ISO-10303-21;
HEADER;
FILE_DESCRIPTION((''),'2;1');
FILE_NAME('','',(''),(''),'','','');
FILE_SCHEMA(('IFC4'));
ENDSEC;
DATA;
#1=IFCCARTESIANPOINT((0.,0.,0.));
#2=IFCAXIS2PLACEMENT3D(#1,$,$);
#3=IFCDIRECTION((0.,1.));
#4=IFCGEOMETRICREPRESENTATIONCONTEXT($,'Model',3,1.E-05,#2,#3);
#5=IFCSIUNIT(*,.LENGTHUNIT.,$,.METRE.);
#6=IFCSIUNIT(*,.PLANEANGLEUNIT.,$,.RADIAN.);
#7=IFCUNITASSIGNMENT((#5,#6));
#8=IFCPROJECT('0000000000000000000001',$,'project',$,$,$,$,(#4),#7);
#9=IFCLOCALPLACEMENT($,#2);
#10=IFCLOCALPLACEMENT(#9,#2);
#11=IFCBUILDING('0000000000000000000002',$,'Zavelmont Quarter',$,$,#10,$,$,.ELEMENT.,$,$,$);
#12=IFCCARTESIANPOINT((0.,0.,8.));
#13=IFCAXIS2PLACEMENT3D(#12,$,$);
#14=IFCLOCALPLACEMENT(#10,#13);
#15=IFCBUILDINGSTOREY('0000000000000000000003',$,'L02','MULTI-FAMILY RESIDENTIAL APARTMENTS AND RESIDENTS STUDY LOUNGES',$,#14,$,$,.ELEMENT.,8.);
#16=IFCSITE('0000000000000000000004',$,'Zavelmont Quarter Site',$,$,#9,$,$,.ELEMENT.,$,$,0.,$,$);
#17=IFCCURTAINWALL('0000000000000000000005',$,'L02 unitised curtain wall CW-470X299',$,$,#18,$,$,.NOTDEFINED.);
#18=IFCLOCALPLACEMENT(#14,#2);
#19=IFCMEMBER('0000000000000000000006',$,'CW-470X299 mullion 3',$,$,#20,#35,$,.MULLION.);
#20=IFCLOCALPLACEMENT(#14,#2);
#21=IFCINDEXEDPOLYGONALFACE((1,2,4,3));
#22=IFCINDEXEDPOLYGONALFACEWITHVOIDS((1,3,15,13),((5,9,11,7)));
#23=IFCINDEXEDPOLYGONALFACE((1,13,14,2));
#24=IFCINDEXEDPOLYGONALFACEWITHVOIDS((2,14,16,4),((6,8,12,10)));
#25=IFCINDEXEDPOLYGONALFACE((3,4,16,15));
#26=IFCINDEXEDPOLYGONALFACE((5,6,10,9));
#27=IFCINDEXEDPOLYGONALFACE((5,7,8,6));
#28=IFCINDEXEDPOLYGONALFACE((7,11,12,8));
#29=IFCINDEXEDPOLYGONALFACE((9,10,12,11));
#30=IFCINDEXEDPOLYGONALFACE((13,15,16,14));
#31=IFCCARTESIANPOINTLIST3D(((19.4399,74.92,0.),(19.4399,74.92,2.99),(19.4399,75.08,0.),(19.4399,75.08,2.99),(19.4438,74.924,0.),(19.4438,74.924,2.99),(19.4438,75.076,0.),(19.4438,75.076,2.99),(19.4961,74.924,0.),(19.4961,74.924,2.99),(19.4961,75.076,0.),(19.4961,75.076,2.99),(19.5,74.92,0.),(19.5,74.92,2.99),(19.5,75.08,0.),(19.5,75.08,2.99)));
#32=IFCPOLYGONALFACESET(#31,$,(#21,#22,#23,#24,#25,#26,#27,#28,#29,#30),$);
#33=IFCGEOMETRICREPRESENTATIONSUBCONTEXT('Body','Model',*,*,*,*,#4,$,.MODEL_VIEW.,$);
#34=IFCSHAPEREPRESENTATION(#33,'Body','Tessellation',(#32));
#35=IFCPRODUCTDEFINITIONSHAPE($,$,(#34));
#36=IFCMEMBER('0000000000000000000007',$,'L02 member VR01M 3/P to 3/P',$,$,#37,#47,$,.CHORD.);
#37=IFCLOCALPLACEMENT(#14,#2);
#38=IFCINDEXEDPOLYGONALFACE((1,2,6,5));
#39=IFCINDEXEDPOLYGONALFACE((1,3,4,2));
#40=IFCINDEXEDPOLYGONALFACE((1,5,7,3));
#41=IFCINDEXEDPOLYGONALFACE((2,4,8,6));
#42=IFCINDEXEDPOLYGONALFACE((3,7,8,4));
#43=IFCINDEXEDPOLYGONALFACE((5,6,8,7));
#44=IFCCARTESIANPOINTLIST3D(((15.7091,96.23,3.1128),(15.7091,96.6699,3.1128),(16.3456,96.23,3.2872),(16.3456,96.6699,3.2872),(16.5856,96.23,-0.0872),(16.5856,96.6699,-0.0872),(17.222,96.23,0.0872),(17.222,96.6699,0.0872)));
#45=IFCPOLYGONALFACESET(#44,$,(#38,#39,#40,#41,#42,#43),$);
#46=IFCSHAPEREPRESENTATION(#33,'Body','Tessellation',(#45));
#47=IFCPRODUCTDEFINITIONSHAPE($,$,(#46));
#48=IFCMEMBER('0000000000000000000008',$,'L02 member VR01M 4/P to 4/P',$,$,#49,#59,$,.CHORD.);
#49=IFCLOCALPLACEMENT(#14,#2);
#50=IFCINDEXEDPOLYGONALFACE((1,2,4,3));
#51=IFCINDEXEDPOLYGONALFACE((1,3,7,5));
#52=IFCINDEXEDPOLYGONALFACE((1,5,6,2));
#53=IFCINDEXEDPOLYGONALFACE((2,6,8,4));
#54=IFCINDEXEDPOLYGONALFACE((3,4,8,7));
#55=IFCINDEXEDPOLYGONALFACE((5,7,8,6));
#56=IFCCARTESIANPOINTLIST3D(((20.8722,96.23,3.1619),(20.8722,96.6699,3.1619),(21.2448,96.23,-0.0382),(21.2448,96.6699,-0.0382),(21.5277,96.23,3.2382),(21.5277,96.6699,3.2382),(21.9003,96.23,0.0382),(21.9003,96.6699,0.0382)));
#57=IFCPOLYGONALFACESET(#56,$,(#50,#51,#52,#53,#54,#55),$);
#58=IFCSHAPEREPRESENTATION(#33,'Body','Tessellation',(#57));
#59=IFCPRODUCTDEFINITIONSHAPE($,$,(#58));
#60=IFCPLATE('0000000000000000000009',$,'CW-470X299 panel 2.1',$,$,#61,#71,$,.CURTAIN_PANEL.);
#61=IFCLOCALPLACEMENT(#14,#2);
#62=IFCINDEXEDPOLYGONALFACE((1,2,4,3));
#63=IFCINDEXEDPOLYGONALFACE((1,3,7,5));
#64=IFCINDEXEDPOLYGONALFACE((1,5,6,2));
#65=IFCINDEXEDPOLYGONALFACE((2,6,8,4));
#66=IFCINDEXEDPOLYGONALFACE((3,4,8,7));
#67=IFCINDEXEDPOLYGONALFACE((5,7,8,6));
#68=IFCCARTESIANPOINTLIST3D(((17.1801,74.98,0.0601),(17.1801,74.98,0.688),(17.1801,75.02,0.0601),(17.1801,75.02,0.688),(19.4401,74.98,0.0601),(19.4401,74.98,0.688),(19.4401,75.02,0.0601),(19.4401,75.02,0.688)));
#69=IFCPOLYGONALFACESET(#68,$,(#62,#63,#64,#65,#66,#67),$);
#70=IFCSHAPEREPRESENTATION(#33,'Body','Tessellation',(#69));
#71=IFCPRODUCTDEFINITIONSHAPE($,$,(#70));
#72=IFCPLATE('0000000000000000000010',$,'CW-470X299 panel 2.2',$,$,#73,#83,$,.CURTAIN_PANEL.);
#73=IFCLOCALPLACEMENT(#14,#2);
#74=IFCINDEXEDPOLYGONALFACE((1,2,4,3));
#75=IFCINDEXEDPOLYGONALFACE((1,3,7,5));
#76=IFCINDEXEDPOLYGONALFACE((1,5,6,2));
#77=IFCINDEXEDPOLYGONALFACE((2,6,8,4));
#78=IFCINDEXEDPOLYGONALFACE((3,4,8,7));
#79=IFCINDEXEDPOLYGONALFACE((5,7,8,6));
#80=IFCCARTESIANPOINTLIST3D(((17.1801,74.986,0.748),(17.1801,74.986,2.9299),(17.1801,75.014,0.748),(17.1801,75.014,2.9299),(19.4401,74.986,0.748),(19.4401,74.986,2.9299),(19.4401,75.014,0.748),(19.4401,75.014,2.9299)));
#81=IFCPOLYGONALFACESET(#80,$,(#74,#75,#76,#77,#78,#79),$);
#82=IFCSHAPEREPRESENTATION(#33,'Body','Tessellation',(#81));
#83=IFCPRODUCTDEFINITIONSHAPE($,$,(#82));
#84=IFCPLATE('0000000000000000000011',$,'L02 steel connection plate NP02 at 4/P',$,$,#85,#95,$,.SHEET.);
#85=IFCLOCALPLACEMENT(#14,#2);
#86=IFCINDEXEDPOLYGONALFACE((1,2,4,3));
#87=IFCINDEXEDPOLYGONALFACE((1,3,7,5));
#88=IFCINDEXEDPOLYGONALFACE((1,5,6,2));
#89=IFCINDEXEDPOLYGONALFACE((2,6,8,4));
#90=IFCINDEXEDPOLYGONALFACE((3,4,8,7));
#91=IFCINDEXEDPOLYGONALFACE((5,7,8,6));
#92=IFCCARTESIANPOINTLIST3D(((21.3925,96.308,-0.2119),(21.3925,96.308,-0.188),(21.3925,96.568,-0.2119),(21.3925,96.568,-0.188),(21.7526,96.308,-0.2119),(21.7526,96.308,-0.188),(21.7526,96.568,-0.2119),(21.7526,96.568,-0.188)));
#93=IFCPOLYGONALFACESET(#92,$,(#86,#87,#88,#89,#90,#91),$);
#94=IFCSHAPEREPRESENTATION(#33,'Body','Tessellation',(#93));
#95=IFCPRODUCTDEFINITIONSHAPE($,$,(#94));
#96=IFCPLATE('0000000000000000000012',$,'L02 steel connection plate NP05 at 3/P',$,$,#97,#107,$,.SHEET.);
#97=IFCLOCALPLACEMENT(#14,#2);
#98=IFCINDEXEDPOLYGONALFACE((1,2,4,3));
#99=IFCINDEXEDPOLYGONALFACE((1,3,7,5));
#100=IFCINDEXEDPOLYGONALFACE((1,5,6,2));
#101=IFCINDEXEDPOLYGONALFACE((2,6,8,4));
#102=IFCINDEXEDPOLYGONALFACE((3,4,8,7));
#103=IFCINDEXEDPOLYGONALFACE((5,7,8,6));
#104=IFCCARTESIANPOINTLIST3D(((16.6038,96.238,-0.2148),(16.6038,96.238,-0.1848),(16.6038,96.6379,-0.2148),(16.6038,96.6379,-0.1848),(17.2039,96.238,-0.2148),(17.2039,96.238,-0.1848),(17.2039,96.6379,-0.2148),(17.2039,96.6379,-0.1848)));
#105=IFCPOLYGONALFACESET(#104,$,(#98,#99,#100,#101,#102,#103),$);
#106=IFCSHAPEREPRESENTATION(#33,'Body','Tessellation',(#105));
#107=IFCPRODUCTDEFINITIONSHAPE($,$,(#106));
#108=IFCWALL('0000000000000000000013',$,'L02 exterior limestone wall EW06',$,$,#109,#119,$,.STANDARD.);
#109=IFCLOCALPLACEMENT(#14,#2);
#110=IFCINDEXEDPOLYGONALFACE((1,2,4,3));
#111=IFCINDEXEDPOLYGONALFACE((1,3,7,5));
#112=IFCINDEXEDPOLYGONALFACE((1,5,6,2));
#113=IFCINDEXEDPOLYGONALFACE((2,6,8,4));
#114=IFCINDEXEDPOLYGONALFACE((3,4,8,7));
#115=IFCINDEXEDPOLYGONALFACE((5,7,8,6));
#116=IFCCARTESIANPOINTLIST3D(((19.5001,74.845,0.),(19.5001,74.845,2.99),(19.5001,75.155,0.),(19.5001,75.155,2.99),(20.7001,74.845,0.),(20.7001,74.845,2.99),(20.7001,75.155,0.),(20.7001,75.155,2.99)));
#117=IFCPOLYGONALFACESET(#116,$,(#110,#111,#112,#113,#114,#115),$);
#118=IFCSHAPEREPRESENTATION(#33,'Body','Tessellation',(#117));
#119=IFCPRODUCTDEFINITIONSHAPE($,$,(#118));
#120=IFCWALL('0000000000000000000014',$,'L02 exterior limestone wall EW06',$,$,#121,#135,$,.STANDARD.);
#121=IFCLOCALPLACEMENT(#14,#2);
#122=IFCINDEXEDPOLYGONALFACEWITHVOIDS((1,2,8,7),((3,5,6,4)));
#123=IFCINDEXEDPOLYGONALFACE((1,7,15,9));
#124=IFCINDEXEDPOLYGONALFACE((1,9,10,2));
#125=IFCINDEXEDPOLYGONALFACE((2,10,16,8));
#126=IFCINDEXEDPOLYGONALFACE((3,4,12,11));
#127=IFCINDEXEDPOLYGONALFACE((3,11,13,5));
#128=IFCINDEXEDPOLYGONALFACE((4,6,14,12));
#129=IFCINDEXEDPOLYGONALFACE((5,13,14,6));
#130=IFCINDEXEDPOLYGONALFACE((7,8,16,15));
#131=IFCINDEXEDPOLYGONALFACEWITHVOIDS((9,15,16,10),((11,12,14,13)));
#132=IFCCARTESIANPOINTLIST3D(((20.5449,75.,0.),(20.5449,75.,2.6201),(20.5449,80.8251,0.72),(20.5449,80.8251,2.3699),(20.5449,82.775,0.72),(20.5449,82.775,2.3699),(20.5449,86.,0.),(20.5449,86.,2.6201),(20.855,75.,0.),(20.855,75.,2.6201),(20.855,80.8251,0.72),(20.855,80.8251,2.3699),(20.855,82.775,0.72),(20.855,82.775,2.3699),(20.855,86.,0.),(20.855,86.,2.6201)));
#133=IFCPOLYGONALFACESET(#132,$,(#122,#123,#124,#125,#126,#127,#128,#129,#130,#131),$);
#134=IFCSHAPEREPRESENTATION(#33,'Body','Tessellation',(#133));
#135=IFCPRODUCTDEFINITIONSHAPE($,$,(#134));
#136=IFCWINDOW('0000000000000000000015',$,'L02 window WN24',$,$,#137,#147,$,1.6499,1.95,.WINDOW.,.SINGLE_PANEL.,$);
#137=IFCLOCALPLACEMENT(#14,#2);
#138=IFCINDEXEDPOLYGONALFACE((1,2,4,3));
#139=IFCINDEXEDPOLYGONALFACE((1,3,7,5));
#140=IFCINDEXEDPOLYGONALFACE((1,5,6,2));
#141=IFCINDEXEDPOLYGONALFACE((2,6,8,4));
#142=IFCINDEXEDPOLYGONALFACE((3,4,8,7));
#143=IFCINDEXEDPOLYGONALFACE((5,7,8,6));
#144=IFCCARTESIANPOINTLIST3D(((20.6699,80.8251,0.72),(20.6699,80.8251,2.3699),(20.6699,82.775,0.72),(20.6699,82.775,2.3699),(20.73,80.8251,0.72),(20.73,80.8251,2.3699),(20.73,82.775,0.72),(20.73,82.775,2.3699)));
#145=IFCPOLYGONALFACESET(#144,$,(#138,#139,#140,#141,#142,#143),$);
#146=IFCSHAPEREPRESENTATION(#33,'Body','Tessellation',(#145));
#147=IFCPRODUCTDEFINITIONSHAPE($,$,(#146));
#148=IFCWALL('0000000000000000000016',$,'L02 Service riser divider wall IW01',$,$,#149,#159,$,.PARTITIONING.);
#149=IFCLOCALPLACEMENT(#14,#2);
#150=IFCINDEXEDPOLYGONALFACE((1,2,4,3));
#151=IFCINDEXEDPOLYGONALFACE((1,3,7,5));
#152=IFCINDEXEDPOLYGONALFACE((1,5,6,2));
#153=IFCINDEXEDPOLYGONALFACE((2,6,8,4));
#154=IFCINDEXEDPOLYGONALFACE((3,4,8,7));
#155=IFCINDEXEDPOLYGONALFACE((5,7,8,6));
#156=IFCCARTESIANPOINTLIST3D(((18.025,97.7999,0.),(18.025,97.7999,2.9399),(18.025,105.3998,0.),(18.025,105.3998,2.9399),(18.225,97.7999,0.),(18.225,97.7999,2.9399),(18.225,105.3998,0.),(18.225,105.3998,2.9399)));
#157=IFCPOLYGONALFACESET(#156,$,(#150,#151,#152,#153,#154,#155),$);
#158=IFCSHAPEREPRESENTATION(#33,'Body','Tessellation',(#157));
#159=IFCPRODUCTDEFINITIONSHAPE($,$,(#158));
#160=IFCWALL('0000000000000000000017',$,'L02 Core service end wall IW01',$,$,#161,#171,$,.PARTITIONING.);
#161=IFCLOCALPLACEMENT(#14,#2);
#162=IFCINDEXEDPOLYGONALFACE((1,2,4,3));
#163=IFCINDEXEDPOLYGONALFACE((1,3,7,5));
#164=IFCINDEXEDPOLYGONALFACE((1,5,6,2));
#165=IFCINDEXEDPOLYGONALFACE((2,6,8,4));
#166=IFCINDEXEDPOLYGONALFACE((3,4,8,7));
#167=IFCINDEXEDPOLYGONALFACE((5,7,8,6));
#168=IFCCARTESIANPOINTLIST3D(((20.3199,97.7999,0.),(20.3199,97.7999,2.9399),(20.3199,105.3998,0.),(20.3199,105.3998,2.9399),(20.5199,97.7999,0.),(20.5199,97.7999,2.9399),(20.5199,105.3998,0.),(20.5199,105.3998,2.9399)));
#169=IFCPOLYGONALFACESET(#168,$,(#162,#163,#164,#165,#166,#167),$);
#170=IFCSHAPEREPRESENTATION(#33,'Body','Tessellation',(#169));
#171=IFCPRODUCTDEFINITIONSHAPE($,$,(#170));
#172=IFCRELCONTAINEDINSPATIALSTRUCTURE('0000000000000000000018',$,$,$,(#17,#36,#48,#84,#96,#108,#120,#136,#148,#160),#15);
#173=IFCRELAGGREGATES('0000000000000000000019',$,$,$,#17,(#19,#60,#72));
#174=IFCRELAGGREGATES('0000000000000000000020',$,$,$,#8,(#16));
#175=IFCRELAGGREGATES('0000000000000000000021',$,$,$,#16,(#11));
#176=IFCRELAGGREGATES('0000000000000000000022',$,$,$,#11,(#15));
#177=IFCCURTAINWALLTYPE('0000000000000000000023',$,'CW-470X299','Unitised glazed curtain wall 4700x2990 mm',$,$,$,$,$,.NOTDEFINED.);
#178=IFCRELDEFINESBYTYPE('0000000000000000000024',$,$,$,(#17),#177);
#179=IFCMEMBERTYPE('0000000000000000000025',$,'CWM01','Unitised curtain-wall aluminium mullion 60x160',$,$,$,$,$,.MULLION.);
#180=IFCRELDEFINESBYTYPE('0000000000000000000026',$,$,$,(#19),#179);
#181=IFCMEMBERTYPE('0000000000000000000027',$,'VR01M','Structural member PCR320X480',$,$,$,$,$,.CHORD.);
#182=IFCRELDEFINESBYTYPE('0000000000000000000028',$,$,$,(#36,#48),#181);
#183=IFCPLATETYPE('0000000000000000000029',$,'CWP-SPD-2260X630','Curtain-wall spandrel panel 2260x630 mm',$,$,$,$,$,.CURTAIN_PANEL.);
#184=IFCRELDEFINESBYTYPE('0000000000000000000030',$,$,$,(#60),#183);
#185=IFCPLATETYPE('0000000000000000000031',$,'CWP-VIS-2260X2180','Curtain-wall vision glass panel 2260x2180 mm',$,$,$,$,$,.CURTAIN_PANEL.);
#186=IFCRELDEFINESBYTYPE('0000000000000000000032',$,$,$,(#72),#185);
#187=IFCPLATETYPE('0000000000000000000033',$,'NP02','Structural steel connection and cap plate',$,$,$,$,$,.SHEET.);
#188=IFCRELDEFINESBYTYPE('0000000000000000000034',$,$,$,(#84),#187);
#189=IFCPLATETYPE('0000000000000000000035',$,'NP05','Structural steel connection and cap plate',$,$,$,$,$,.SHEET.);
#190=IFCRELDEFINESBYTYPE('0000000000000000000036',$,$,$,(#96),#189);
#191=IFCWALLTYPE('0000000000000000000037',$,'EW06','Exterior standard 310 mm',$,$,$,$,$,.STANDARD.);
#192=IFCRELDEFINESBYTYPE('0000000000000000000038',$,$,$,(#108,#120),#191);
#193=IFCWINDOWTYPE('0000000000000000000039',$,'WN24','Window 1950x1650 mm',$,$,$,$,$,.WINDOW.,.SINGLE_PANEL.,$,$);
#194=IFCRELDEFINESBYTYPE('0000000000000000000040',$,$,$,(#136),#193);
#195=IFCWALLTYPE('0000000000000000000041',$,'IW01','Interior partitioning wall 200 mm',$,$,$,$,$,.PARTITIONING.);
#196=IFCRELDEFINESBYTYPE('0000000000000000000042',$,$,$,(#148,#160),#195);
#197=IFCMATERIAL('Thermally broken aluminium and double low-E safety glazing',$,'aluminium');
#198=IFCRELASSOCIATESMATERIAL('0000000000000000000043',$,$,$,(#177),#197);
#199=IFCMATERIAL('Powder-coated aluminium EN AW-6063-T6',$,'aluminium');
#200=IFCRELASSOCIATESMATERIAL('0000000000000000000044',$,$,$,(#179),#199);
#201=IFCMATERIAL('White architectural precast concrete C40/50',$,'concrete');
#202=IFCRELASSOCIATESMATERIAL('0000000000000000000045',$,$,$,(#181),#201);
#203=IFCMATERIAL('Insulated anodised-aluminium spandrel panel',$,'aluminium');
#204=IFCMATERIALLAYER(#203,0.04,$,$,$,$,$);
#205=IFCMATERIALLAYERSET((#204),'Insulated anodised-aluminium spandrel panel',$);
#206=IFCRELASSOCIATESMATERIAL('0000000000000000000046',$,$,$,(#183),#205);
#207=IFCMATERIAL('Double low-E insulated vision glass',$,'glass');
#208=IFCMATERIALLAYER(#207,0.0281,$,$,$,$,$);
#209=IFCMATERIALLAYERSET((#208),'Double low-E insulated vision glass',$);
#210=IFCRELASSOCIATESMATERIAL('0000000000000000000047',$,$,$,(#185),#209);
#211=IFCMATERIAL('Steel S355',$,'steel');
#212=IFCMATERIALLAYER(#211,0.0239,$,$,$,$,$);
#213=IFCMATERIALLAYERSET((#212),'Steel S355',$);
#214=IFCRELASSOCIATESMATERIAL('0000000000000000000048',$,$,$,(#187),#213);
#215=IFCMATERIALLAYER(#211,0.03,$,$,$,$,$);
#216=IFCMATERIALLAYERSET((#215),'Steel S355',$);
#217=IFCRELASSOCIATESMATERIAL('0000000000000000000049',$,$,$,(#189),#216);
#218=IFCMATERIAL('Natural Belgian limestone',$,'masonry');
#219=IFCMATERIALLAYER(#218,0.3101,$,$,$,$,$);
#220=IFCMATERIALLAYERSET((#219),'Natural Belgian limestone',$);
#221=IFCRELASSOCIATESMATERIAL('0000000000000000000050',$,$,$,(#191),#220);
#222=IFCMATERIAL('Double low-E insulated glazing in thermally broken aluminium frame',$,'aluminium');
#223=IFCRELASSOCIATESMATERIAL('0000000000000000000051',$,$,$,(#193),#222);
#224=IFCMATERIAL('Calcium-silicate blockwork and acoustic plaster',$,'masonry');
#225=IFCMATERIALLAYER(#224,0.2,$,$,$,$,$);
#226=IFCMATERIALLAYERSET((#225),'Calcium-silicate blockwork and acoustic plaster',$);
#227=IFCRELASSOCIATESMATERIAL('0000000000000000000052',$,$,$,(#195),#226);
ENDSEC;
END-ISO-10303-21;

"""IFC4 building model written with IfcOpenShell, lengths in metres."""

from ifc_helpers import new_model, si_unit, direction, frame, frame_2d, origin, origin_with_axes, origin_2d, place, context, subcontext, project, spatial, rectangle, hollow_rectangle, extrude, material, layer, layer_set, material_profile, profile_set, type_object, element, fill, aggregate, save


model = new_model("IFC4")

# Units and contexts
model_context = context("Model", 3, precision=1e-05, world=origin(), true_north=direction((0.0, 1.0)))
body_context = subcontext(model_context, "Body", "Model", "MODEL_VIEW")
ifc_project = project(units=[si_unit("LENGTHUNIT", "METRE"), si_unit("PLANEANGLEUNIT", "RADIAN")], contexts=[model_context])

# Site, building, storey
site_placement = place(None, origin())
site = spatial("IfcSite", under=ifc_project, at=site_placement, Name="Zavelmont Quarter Site", CompositionType="ELEMENT", RefElevation=0.0)
building_placement = place(site_placement, origin())
building = spatial("IfcBuilding", under=site, at=building_placement, Name="Zavelmont Quarter", CompositionType="ELEMENT")
storey_placement = place(building_placement, frame((0.0, 0.0, 8.0)))
storey = spatial("IfcBuildingStorey", under=building, at=storey_placement, Name="L02", Description="MULTI-FAMILY RESIDENTIAL APARTMENTS AND RESIDENTS STUDY LOUNGES", CompositionType="ELEMENT", Elevation=8.0)

# Shared definitions
ifc_material_1 = material(Name="Steel S355", Category="steel")

# Curtain wall, member
ifc_material_2 = material(Name="Thermally broken aluminium and double low-E safety glazing", Category="aluminium")
curtain_wall_type = type_object("IfcCurtainWallType", Name="CW-470X299", Description="Unitised glazed curtain wall 4700x2990 mm", PredefinedType="NOTDEFINED", material=ifc_material_2)
curtain_wall_placement = place(storey_placement, origin())
curtain_wall = element("IfcCurtainWall", 1, at=curtain_wall_placement, inside=storey, type_object=curtain_wall_type, Name="L02 unitised curtain wall CW-470X299", PredefinedType="NOTDEFINED")
ifc_material_3 = material(Name="Powder-coated aluminium EN AW-6063-T6", Category="aluminium")
ifc_material_profile_1 = material_profile(ifc_material_3, hollow_rectangle(XDim=0.0601, YDim=0.1599, WallThickness=0.0039, at=origin_2d()), Name="CWM60X160")
ifc_profile_set_1 = profile_set([ifc_material_profile_1], Name="Powder-coated aluminium EN AW-6063-T6")
member_type_1 = type_object("IfcMemberType", Name="CWM01", Description="Unitised curtain-wall aluminium mullion 60x160", PredefinedType="MULLION", material=ifc_profile_set_1)
member_1_placement = place(storey_placement, frame((19.47, 75.0, 0.0), z_axis=(0.0, 0.0, 1.0), x_axis=(1.0, 0.0, 0.0)))
member_1 = element("IfcMember", 2, at=member_1_placement, type_object=member_type_1, Name="CW-470X299 mullion 3", PredefinedType="MULLION", context=body_context, shape_type="SweptSolid", body=[
    extrude(hollow_rectangle(XDim=0.0601, YDim=0.1599, WallThickness=0.0039, at=origin_2d()), origin(), (0.0, 0.0, 1.0), 2.99),
])

# Members
ifc_material_4 = material(Name="White architectural precast concrete C40/50", Category="concrete")
ifc_material_profile_2 = material_profile(ifc_material_4, rectangle(XDim=0.4399, YDim=0.6599, at=origin_2d()), Name="PCR320X480")
ifc_profile_set_2 = profile_set([ifc_material_profile_2], Name="White architectural precast concrete C40/50")
member_type_2 = type_object("IfcMemberType", Name="VR01M", Description="Structural member PCR320X480", PredefinedType="CHORD", material=ifc_profile_set_2)
member_2_placement = place(storey_placement, frame((16.9038, 96.45, 0.0), z_axis=(-0.26417, 0.0, 0.964476), x_axis=(0.0, -1.0, 0.0)))
element("IfcMember", 3, at=member_2_placement, inside=storey, type_object=member_type_2, Name="L02 member VR01M 3/P to 3/P", PredefinedType="CHORD", context=body_context, shape_type="SweptSolid", body=[
    extrude(rectangle(XDim=0.4399, YDim=0.6599, at=origin_2d()), origin(), (0.0, 0.0, 1.0), 3.3179),
])
member_3_placement = place(storey_placement, frame((21.5725, 96.45, 0.0), z_axis=(-0.115645, 0.0, 0.993291), x_axis=(0.0, -1.0, 0.0)))
element("IfcMember", 4, at=member_3_placement, inside=storey, type_object=member_type_2, Name="L02 member VR01M 4/P to 4/P", PredefinedType="CHORD", context=body_context, shape_type="SweptSolid", body=[
    extrude(rectangle(XDim=0.4399, YDim=0.6599, at=origin_2d()), origin(), (0.0, 0.0, 1.0), 3.2217),
])

# Plates
ifc_material_5 = material(Name="Insulated anodised-aluminium spandrel panel", Category="aluminium")
ifc_layer_1 = layer(ifc_material_5, 0.04)
ifc_layer_set_1 = layer_set([ifc_layer_1], Name="Insulated anodised-aluminium spandrel panel")
plate_type_1 = type_object("IfcPlateType", Name="CWP-SPD-2260X630", Description="Curtain-wall spandrel panel 2260x630 mm", PredefinedType="CURTAIN_PANEL", material=ifc_layer_set_1)
plate_1_placement = place(storey_placement, frame((18.3101, 75.0, 0.0601), z_axis=(0.0, 0.0, 1.0), x_axis=(1.0, 0.0, 0.0)))
plate_1 = element("IfcPlate", 5, at=plate_1_placement, type_object=plate_type_1, Name="CW-470X299 panel 2.1", PredefinedType="CURTAIN_PANEL", context=body_context, shape_type="SweptSolid", body=[
    extrude(rectangle(XDim=2.26, YDim=0.04, at=origin_2d()), origin(), (0.0, 0.0, 1.0), 0.6279),
])
ifc_material_6 = material(Name="Double low-E insulated vision glass", Category="glass")
ifc_layer_2 = layer(ifc_material_6, 0.0281)
ifc_layer_set_2 = layer_set([ifc_layer_2], Name="Double low-E insulated vision glass")
plate_type_2 = type_object("IfcPlateType", Name="CWP-VIS-2260X2180", Description="Curtain-wall vision glass panel 2260x2180 mm", PredefinedType="CURTAIN_PANEL", material=ifc_layer_set_2)
plate_2_placement = place(storey_placement, frame((18.3101, 75.0, 0.748), z_axis=(0.0, 0.0, 1.0), x_axis=(1.0, 0.0, 0.0)))
plate_2 = element("IfcPlate", 6, at=plate_2_placement, type_object=plate_type_2, Name="CW-470X299 panel 2.2", PredefinedType="CURTAIN_PANEL", context=body_context, shape_type="SweptSolid", body=[
    extrude(rectangle(XDim=2.26, YDim=0.0281, at=origin_2d()), origin(), (0.0, 0.0, 1.0), 2.1819),
])
aggregate(curtain_wall, [member_1, plate_1, plate_2])

# Plates
ifc_layer_3 = layer(ifc_material_1, 0.0239)
ifc_layer_set_3 = layer_set([ifc_layer_3], Name="Steel S355")
plate_type_3 = type_object("IfcPlateType", Name="NP02", Description="Structural steel connection and cap plate", PredefinedType="SHEET", material=ifc_layer_set_3)
plate_3_placement = place(storey_placement, frame((21.5725, 96.438, -0.2119), z_axis=(0.0, 0.0, 1.0), x_axis=(1.0, 0.0, 0.0)))
element("IfcPlate", 7, at=plate_3_placement, inside=storey, type_object=plate_type_3, Name="L02 steel connection plate NP02 at 4/P", PredefinedType="SHEET", context=body_context, shape_type="SweptSolid", body=[
    extrude(rectangle(XDim=0.3601, YDim=0.26, at=origin_2d()), origin(), (0.0, 0.0, 1.0), 0.0239),
])
ifc_layer_4 = layer(ifc_material_1, 0.03)
ifc_layer_set_4 = layer_set([ifc_layer_4], Name="Steel S355")
plate_type_4 = type_object("IfcPlateType", Name="NP05", Description="Structural steel connection and cap plate", PredefinedType="SHEET", material=ifc_layer_set_4)
plate_4_placement = place(storey_placement, frame((16.9038, 96.438, -0.2148), z_axis=(0.0, 0.0, 1.0), x_axis=(1.0, 0.0, 0.0)))
element("IfcPlate", 8, at=plate_4_placement, inside=storey, type_object=plate_type_4, Name="L02 steel connection plate NP05 at 3/P", PredefinedType="SHEET", context=body_context, shape_type="SweptSolid", body=[
    extrude(rectangle(XDim=0.6001, YDim=0.3999, at=origin_2d()), origin(), (0.0, 0.0, 1.0), 0.03),
])

# Wall
ifc_material_7 = material(Name="Natural Belgian limestone", Category="masonry")
ifc_layer_5 = layer(ifc_material_7, 0.3101)
ifc_layer_set_5 = layer_set([ifc_layer_5], Name="Natural Belgian limestone")
wall_type_1 = type_object("IfcWallType", Name="EW06", Description="Exterior standard 310 mm", PredefinedType="STANDARD", material=ifc_layer_set_5)
wall_1_placement = place(storey_placement, frame((19.5, 75.0, 0.0), z_axis=(0.0, 0.0, 1.0), x_axis=(1.0, 0.0, 0.0)))
element("IfcWall", 9, at=wall_1_placement, inside=storey, type_object=wall_type_1, Name="L02 exterior limestone wall EW06", PredefinedType="STANDARD", context=body_context, shape_type="SweptSolid", body=[
    extrude(rectangle(XDim=1.2, YDim=0.3101, at=frame_2d((0.6001, 0.0))), origin(), (0.0, 0.0, 1.0), 2.99),
])

# Wall, opening, window
wall_2_placement = place(storey_placement, frame((20.7, 75.0, 0.0), z_axis=(0.0, 0.0, 1.0), x_axis=(0.0, 1.0, 0.0)))
wall_2 = element("IfcWall", 10, at=wall_2_placement, inside=storey, type_object=wall_type_1, Name="L02 exterior limestone wall EW06", PredefinedType="STANDARD", context=body_context, shape_type="SweptSolid", body=[
    extrude(rectangle(XDim=11.0, YDim=0.3101, at=frame_2d((5.5, 0.0))), origin(), (0.0, 0.0, 1.0), 2.6201),
])
opening_1_placement = place(wall_2_placement, frame((5.825, 0.0, 0.72)))
opening_1 = element("IfcOpeningElement", 11, at=opening_1_placement, cuts=wall_2, PredefinedType="OPENING", context=body_context, shape_type="SweptSolid", body=[
    extrude(rectangle(XDim=1.95, YDim=1.6499, at=frame_2d((0.9751, 0.825))), frame((0.0, 0.167, 0.0), z_axis=(0.0, -1.0, 0.0), x_axis=(1.0, 0.0, 0.0)), (0.0, 0.0, 1.0), 0.334),
])
ifc_material_8 = material(Name="Double low-E insulated glazing in thermally broken aluminium frame", Category="aluminium")
window_type = type_object("IfcWindowType", Name="WN24", Description="Window 1950x1650 mm", PartitioningType="SINGLE_PANEL", PredefinedType="WINDOW", material=ifc_material_8)
window_placement = place(opening_1_placement, origin_with_axes())
window = element("IfcWindow", 12, at=window_placement, inside=storey, type_object=window_type, Name="L02 window WN24", OverallHeight=1.6499, OverallWidth=1.95, PartitioningType="SINGLE_PANEL", PredefinedType="WINDOW", context=body_context, shape_type="SweptSolid", body=[
    extrude(rectangle(XDim=1.95, YDim=1.6499, at=frame_2d((0.9751, 0.825))), frame((0.0, 0.03, 0.0), z_axis=(0.0, -1.0, 0.0), x_axis=(1.0, 0.0, 0.0)), (0.0, 0.0, 1.0), 0.0601),
])
fill(opening_1, window)

# Walls
ifc_material_9 = material(Name="Calcium-silicate blockwork and acoustic plaster", Category="masonry")
ifc_layer_6 = layer(ifc_material_9, 0.2)
ifc_layer_set_6 = layer_set([ifc_layer_6], Name="Calcium-silicate blockwork and acoustic plaster")
wall_type_2 = type_object("IfcWallType", Name="IW01", Description="Interior partitioning wall 200 mm", PredefinedType="PARTITIONING", material=ifc_layer_set_6)
for number, where, z_axis, x_axis, name in (
    (13, (18.125, 97.8, 0.0), (0.0, 0.0, 1.0), (0.0, 1.0, 0.0), "L02 Service riser divider wall IW01"),
    (14, (20.4199, 97.8, 0.0), (0.0, 0.0, 1.0), (0.0, 1.0, 0.0), "L02 Core service end wall IW01"),
):
    element("IfcWall", number, at=place(storey_placement, frame(where, z_axis=z_axis, x_axis=x_axis)), inside=storey, type_object=wall_type_2, Name=name, PredefinedType="PARTITIONING", context=body_context, shape_type="SweptSolid", body=[
        extrude(rectangle(XDim=7.5999, YDim=0.2, at=frame_2d((3.7998, 0.0))), origin(), (0.0, 0.0, 1.0), 2.9399),
    ])

save(model, "model.ifc")
